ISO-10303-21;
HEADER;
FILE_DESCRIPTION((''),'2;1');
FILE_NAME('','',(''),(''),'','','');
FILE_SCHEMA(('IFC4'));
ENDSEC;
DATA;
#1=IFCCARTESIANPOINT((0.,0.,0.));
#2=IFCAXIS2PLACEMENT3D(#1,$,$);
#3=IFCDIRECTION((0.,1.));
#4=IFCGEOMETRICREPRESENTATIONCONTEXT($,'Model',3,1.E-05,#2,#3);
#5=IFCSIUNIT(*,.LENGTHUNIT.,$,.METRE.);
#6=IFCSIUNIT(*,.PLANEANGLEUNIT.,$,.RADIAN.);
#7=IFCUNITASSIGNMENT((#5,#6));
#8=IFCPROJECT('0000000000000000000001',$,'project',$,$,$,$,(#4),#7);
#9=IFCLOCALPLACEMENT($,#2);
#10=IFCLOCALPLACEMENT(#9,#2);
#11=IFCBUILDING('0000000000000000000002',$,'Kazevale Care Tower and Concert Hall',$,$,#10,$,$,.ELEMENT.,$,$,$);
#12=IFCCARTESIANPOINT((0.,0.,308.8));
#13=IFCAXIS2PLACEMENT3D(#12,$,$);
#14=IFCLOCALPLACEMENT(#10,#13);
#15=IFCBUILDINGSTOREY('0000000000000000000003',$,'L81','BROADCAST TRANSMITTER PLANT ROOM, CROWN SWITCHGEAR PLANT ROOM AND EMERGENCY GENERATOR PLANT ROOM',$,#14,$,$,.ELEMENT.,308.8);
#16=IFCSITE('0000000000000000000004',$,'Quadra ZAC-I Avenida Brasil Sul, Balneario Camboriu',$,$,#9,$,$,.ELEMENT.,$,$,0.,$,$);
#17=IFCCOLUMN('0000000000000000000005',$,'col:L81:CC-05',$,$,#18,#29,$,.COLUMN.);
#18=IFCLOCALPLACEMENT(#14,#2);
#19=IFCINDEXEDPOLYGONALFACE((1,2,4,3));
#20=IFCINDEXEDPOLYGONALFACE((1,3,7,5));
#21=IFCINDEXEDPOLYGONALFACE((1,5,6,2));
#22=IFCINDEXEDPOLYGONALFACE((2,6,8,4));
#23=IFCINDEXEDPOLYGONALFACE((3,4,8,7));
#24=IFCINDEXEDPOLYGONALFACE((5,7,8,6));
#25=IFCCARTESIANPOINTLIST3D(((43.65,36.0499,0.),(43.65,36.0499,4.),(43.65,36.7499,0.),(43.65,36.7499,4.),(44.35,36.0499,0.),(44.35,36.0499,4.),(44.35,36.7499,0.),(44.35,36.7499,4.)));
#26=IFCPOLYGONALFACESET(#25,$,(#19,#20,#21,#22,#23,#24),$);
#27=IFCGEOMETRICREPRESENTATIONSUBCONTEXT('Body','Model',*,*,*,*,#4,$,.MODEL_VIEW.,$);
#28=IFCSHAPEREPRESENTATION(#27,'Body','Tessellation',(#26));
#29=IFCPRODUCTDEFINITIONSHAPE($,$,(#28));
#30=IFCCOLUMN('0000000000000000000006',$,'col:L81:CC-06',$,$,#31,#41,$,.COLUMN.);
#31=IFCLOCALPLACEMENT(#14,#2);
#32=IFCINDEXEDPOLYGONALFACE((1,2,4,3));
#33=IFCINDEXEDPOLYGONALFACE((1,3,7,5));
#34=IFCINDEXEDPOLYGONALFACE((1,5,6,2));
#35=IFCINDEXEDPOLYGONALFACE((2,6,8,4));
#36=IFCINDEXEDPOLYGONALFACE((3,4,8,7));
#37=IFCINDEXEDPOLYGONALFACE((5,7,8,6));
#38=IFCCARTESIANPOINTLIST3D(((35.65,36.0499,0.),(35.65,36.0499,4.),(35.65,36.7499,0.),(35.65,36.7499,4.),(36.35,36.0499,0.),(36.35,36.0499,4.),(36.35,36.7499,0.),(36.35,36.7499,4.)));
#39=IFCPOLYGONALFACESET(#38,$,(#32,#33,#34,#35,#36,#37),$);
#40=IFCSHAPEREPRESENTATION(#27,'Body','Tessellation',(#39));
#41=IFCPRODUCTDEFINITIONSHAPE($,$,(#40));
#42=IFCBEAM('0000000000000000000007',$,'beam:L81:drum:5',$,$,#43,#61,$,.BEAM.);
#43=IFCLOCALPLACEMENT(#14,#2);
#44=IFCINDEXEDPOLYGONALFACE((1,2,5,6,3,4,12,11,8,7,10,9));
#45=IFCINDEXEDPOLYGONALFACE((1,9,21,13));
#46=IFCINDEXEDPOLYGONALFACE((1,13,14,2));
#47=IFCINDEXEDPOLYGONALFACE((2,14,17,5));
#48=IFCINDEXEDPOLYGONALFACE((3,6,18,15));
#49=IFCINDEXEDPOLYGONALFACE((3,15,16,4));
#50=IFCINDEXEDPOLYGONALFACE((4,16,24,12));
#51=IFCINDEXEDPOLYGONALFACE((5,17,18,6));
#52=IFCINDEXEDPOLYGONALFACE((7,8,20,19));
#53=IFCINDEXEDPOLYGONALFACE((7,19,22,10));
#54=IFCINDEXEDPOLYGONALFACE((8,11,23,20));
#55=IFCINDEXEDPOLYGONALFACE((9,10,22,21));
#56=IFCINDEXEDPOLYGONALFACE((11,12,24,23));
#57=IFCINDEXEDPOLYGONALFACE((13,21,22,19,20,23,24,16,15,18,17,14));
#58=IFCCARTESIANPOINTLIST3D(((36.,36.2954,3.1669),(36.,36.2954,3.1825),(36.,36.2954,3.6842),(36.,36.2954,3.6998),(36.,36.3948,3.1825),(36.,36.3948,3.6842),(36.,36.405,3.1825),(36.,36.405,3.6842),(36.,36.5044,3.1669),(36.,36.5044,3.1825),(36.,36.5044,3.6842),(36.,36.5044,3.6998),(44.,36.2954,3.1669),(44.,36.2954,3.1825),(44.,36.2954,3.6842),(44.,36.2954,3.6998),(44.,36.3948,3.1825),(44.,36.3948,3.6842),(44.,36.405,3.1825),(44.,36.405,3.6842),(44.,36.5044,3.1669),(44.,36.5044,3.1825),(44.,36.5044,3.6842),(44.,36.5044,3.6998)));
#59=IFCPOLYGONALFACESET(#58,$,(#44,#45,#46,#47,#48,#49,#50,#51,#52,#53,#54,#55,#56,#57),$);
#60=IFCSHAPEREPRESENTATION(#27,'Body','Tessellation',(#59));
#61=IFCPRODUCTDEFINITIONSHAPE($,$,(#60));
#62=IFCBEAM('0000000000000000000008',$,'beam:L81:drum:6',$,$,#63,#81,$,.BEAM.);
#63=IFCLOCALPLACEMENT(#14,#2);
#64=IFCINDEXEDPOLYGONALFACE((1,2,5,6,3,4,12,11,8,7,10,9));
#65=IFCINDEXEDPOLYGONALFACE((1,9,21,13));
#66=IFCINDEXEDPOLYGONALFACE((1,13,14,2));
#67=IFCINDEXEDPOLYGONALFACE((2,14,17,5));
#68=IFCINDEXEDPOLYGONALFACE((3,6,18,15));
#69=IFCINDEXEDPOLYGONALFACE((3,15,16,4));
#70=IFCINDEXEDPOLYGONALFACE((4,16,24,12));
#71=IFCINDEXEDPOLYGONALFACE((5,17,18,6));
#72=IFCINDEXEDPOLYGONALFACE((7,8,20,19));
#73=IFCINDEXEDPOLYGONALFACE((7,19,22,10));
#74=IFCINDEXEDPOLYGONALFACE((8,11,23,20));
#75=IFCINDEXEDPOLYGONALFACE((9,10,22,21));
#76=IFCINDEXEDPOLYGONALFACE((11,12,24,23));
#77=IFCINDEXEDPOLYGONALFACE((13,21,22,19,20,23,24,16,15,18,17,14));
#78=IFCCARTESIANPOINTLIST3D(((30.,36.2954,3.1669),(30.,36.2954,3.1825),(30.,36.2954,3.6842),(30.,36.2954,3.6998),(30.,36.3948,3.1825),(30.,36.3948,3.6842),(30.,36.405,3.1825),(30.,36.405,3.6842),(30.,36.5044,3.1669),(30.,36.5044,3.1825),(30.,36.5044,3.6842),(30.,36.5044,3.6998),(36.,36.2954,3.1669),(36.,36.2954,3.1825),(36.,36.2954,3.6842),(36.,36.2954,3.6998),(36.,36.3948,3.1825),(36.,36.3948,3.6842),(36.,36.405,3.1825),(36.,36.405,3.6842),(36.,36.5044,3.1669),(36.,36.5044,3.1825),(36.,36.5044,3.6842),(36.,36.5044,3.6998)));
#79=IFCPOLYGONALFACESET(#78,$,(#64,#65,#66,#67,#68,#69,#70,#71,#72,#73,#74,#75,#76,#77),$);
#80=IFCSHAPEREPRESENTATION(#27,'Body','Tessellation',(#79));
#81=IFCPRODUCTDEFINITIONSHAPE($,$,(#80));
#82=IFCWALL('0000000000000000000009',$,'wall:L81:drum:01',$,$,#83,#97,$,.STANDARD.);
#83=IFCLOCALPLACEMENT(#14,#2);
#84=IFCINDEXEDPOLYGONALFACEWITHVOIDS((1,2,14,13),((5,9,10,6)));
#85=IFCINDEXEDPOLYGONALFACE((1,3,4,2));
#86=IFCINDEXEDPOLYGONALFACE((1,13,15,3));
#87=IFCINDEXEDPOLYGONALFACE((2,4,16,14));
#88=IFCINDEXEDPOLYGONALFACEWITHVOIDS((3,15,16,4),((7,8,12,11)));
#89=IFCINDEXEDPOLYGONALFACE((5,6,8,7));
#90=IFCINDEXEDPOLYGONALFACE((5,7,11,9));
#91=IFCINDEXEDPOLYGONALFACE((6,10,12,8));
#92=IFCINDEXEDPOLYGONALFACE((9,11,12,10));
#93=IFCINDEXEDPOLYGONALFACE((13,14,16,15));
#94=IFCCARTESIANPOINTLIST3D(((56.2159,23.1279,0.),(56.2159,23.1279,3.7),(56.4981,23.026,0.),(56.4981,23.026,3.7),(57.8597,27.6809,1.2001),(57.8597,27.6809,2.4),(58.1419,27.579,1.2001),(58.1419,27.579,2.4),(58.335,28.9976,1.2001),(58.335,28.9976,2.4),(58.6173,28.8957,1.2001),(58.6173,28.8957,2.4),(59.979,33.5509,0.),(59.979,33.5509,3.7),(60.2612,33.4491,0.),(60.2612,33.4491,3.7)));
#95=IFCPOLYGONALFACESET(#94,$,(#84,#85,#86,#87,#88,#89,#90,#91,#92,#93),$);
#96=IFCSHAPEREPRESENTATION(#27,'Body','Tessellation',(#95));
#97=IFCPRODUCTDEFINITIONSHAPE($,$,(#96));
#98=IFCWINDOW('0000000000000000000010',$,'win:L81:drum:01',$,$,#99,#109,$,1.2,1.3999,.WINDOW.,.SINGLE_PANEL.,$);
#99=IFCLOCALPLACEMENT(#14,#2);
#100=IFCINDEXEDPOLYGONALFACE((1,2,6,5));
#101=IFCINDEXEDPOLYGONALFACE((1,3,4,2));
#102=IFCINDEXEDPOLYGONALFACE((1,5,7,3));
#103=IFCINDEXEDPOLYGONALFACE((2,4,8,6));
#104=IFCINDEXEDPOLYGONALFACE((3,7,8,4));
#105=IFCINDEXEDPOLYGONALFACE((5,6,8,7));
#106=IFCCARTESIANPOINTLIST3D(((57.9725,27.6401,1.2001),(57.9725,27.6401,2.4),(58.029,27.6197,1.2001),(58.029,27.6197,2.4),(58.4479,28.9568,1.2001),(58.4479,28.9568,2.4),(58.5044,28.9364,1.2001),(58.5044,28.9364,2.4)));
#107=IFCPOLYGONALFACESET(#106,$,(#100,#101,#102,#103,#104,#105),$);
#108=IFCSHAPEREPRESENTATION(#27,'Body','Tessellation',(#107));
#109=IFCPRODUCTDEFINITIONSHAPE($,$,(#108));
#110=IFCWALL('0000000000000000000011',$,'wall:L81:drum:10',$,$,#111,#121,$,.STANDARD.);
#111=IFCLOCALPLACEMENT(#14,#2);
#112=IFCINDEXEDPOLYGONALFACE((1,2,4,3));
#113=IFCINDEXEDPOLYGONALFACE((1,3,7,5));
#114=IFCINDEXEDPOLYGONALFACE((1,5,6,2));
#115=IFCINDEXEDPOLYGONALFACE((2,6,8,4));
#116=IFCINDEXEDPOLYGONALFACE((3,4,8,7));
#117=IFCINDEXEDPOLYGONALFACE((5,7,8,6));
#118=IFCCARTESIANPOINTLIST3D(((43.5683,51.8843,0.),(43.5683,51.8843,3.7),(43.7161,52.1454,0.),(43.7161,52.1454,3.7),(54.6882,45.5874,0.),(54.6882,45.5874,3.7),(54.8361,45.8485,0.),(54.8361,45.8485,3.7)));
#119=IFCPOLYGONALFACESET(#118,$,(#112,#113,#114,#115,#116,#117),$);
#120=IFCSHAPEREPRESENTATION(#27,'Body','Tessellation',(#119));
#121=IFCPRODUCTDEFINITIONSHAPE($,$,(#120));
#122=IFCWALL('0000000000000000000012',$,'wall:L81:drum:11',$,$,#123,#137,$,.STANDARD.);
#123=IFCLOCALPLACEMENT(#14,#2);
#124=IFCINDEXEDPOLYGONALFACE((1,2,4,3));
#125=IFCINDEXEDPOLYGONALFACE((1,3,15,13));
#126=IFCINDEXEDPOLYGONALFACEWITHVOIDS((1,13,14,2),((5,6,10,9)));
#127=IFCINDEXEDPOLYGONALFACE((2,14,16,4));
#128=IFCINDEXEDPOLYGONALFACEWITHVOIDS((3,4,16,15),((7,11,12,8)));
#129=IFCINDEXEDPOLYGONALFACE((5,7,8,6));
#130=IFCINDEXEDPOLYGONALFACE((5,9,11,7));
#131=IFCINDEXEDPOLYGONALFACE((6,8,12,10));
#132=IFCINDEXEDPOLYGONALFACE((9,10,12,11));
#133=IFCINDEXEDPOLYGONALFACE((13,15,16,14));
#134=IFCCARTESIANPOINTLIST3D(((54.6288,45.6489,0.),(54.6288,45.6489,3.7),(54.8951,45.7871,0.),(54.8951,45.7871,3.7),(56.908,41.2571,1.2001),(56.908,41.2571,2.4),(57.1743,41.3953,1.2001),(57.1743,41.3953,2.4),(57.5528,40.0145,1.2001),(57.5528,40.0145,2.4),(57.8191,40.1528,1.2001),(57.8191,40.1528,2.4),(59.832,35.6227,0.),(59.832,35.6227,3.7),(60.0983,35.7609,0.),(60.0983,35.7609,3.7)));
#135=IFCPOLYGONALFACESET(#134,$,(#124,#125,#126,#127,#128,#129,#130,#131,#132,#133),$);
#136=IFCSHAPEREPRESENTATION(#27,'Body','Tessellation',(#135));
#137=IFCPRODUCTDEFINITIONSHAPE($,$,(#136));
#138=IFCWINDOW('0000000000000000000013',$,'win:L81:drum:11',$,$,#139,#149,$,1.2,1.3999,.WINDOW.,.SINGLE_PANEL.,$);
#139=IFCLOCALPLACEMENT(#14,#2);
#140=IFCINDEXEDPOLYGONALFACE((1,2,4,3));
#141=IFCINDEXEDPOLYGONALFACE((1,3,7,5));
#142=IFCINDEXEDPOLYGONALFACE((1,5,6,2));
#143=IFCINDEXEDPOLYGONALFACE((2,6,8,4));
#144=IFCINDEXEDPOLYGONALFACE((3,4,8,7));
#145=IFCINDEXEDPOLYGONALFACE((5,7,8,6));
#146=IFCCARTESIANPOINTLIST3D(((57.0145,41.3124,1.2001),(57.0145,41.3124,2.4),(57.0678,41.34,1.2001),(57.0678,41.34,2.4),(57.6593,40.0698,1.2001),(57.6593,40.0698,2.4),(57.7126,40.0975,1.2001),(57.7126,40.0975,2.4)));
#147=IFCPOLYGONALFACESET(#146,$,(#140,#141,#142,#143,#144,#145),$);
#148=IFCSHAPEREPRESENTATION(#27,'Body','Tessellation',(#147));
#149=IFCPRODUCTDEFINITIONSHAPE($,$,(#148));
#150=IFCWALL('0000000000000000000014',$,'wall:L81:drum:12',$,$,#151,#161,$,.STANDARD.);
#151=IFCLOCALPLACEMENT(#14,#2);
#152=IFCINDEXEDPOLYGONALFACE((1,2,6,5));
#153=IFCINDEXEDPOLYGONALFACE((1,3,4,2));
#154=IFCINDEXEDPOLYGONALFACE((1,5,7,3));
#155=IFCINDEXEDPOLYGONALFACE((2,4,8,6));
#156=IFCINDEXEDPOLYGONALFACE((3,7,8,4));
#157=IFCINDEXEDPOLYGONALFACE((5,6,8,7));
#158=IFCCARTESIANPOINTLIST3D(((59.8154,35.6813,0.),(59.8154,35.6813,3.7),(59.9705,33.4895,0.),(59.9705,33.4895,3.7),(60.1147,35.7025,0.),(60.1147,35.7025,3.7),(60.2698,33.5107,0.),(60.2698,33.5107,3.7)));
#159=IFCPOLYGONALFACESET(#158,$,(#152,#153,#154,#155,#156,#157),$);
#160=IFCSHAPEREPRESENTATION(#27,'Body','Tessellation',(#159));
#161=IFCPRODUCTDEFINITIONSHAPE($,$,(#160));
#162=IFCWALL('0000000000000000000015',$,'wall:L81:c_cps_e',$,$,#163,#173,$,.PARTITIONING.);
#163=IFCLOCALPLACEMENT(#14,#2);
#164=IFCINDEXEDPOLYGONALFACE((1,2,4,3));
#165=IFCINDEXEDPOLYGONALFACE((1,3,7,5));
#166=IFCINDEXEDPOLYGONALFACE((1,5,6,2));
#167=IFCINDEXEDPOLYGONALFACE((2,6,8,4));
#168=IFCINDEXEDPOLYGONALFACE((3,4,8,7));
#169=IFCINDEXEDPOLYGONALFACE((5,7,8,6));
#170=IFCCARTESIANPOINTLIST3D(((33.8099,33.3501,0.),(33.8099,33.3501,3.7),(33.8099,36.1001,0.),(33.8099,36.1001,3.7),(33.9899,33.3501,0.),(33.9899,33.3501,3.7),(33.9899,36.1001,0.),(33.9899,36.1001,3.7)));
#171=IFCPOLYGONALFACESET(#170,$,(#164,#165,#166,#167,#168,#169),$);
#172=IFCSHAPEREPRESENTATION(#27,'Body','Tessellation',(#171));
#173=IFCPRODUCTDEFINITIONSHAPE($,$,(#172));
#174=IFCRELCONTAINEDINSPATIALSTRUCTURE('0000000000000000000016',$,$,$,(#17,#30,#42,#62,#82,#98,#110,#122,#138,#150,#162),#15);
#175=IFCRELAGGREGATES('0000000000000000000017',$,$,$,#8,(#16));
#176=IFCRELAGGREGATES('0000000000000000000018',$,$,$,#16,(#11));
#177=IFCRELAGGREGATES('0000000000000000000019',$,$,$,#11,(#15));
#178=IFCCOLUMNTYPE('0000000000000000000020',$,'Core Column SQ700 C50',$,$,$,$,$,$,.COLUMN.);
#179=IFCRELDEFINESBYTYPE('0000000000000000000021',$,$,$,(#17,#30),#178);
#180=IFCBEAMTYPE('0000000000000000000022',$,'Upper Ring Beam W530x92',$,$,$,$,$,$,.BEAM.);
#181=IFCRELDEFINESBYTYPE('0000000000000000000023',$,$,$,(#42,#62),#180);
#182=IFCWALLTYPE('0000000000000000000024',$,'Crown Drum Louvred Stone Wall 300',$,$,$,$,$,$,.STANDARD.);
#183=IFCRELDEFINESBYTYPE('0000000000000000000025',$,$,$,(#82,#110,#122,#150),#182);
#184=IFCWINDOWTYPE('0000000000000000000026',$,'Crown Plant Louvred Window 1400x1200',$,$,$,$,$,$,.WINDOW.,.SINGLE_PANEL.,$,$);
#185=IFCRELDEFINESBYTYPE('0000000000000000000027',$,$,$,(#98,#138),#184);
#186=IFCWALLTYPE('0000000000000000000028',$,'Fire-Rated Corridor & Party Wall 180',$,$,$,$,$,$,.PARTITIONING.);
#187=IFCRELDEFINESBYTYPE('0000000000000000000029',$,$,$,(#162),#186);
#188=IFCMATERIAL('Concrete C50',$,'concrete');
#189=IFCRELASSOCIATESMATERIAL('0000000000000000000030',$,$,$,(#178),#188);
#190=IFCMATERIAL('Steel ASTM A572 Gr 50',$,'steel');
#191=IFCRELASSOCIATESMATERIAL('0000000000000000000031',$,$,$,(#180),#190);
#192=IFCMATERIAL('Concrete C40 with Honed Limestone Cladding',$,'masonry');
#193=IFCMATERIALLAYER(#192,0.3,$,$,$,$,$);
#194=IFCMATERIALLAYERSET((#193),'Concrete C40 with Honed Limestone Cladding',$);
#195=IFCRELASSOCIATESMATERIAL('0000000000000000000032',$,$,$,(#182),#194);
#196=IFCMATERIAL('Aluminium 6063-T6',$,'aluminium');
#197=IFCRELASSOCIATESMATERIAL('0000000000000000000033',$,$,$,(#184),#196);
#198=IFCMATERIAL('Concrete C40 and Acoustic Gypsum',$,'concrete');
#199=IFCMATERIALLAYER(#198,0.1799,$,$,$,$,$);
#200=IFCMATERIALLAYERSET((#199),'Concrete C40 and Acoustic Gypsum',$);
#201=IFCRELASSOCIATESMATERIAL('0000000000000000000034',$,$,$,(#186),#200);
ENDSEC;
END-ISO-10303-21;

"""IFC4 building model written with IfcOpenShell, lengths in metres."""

from ifc_helpers import new_model, si_unit, direction, frame, frame_2d, origin, origin_2d, place, context, subcontext, project, spatial, rectangle, i_section, extrude, material, layer, layer_set, material_profile, profile_set, type_object, element, fill, save


model = new_model("IFC4")

# Units and contexts
model_context = context("Model", 3, precision=1e-05, world=origin(), true_north=direction((0.0, 1.0)))
body_context = subcontext(model_context, "Body", "Model", "MODEL_VIEW")
ifc_project = project(units=[si_unit("LENGTHUNIT", "METRE"), si_unit("PLANEANGLEUNIT", "RADIAN")], contexts=[model_context])

# Site, building, storey
site_placement = place(None, origin())
site = spatial("IfcSite", under=ifc_project, at=site_placement, Name="Quadra ZAC-I Avenida Brasil Sul, Balneario Camboriu", CompositionType="ELEMENT", RefElevation=0.0)
building_placement = place(site_placement, origin())
building = spatial("IfcBuilding", under=site, at=building_placement, Name="Kazevale Care Tower and Concert Hall", CompositionType="ELEMENT")
storey_placement = place(building_placement, frame((0.0, 0.0, 308.8)))
storey = spatial("IfcBuildingStorey", under=building, at=storey_placement, Name="L81", Description="BROADCAST TRANSMITTER PLANT ROOM, CROWN SWITCHGEAR PLANT ROOM AND EMERGENCY GENERATOR PLANT ROOM", CompositionType="ELEMENT", Elevation=308.8)

# Columns
ifc_material_1 = material(Name="Concrete C50", Category="concrete")
ifc_material_profile_1 = material_profile(ifc_material_1, rectangle(XDim=0.7, YDim=0.7, at=origin_2d()), Name="RC-SQ700")
ifc_profile_set_1 = profile_set([ifc_material_profile_1], Name="Concrete C50")
column_type = type_object("IfcColumnType", Name="Core Column SQ700 C50", PredefinedType="COLUMN", material=ifc_profile_set_1)
for number, where, z_axis, x_axis, name in (
    (1, (44.0, 36.3999, 0.0), (0.0, 0.0, 1.0), (1.0, 0.0, 0.0), "col:L81:CC-05"),
    (2, (36.0, 36.3999, 0.0), (0.0, 0.0, 1.0), (1.0, 0.0, 0.0), "col:L81:CC-06"),
):
    element("IfcColumn", number, at=place(storey_placement, frame(where, z_axis=z_axis, x_axis=x_axis)), inside=storey, type_object=column_type, Name=name, PredefinedType="COLUMN", context=body_context, shape_type="SweptSolid", body=[
        extrude(rectangle(XDim=0.7, YDim=0.7, at=origin_2d()), origin(), (0.0, 0.0, 1.0), 4.0),
    ])

# Beams
ifc_material_2 = material(Name="Steel ASTM A572 Gr 50", Category="steel")
ifc_material_profile_2 = material_profile(ifc_material_2, i_section(OverallWidth=0.209, OverallDepth=0.533, WebThickness=0.0103, FlangeThickness=0.0156, at=origin_2d()), Name="W530x92")
ifc_profile_set_2 = profile_set([ifc_material_profile_2], Name="Steel ASTM A572 Gr 50")
beam_type = type_object("IfcBeamType", Name="Upper Ring Beam W530x92", PredefinedType="BEAM", material=ifc_profile_set_2)
beam_1_placement = place(storey_placement, frame((44.0, 36.3999, 3.4333), z_axis=(-1.0, 0.0, 0.0), x_axis=(0.0, -1.0, 0.0)))
element("IfcBeam", 3, at=beam_1_placement, inside=storey, type_object=beam_type, Name="beam:L81:drum:5", PredefinedType="BEAM", context=body_context, shape_type="SweptSolid", body=[
    extrude(i_section(OverallWidth=0.209, OverallDepth=0.533, WebThickness=0.0103, FlangeThickness=0.0156, at=origin_2d()), origin(), (0.0, 0.0, 1.0), 8.0),
])
beam_2_placement = place(storey_placement, frame((36.0, 36.3999, 3.4333), z_axis=(-1.0, 0.0, 0.0), x_axis=(0.0, -1.0, 0.0)))
element("IfcBeam", 4, at=beam_2_placement, inside=storey, type_object=beam_type, Name="beam:L81:drum:6", PredefinedType="BEAM", context=body_context, shape_type="SweptSolid", body=[
    extrude(i_section(OverallWidth=0.209, OverallDepth=0.533, WebThickness=0.0103, FlangeThickness=0.0156, at=origin_2d()), origin(), (0.0, 0.0, 1.0), 6.0),
])

# Wall, opening, window
ifc_material_3 = material(Name="Concrete C40 with Honed Limestone Cladding", Category="masonry")
ifc_layer_1 = layer(ifc_material_3, 0.3)
ifc_layer_set_1 = layer_set([ifc_layer_1], Name="Concrete C40 with Honed Limestone Cladding")
wall_type_1 = type_object("IfcWallType", Name="Crown Drum Louvred Stone Wall 300", PredefinedType="STANDARD", material=ifc_layer_set_1)
wall_1_placement = place(storey_placement, frame((60.1201, 33.5, 0.0), z_axis=(0.0, 0.0, 1.0), x_axis=(-0.339588, -0.940574, 0.0)))
wall_1 = element("IfcWall", 5, at=wall_1_placement, inside=storey, type_object=wall_type_1, Name="wall:L81:drum:01", PredefinedType="STANDARD", context=body_context, shape_type="SweptSolid", body=[
    extrude(rectangle(XDim=11.0815, YDim=0.3, at=frame_2d((5.5408, 0.0))), origin(), (0.0, 0.0, 1.0), 3.7),
])
opening_1_placement = place(wall_1_placement, frame((4.8411, 0.0, 1.2)))
opening_1 = element("IfcOpeningElement", 6, at=opening_1_placement, cuts=wall_1, PredefinedType="OPENING", context=body_context, shape_type="SweptSolid", body=[
    extrude(rectangle(XDim=1.3999, YDim=1.2, at=frame_2d((0.7, 0.6001))), frame((0.0, 0.1599, 0.0), z_axis=(0.0, -1.0, 0.0), x_axis=(1.0, 0.0, 0.0)), (0.0, 0.0, 1.0), 0.3201),
])
ifc_material_4 = material(Name="Aluminium 6063-T6", Category="aluminium")
window_type = type_object("IfcWindowType", Name="Crown Plant Louvred Window 1400x1200", PartitioningType="SINGLE_PANEL", PredefinedType="WINDOW", material=ifc_material_4)
window_1_placement = place(opening_1_placement, origin())
window_1 = element("IfcWindow", 7, at=window_1_placement, inside=storey, type_object=window_type, Name="win:L81:drum:01", OverallHeight=1.2, OverallWidth=1.3999, PartitioningType="SINGLE_PANEL", PredefinedType="WINDOW", context=body_context, shape_type="SweptSolid", body=[
    extrude(rectangle(XDim=1.3999, YDim=1.2, at=frame_2d((0.7, 0.6001))), frame((0.0, 0.03, 0.0), z_axis=(0.0, -1.0, 0.0), x_axis=(1.0, 0.0, 0.0)), (0.0, 0.0, 1.0), 0.0601),
])
fill(opening_1, window_1)

# Wall
wall_2_placement = place(storey_placement, frame((43.6421, 52.0149, 0.0), z_axis=(0.0, 0.0, 1.0), x_axis=(0.870169, -0.492753, 0.0)))
element("IfcWall", 8, at=wall_2_placement, inside=storey, type_object=wall_type_1, Name="wall:L81:drum:10", PredefinedType="STANDARD", context=body_context, shape_type="SweptSolid", body=[
    extrude(rectangle(XDim=12.7791, YDim=0.3, at=frame_2d((6.3896, 0.0))), origin(), (0.0, 0.0, 1.0), 3.7),
])

# Wall, opening, window
wall_3_placement = place(storey_placement, frame((54.762, 45.718, 0.0), z_axis=(0.0, 0.0, 1.0), x_axis=(0.460624, -0.887595, 0.0)))
wall_3 = element("IfcWall", 9, at=wall_3_placement, inside=storey, type_object=wall_type_1, Name="wall:L81:drum:11", PredefinedType="STANDARD", context=body_context, shape_type="SweptSolid", body=[
    extrude(rectangle(XDim=11.2959, YDim=0.3, at=frame_2d((5.6479, 0.0))), origin(), (0.0, 0.0, 1.0), 3.7),
])
opening_2_placement = place(wall_3_placement, frame((4.948, 0.0, 1.2)))
opening_2 = element("IfcOpeningElement", 10, at=opening_2_placement, cuts=wall_3, PredefinedType="OPENING", context=body_context, shape_type="SweptSolid", body=[
    extrude(rectangle(XDim=1.3999, YDim=1.2, at=frame_2d((0.7, 0.6001))), frame((0.0, 0.1599, 0.0), z_axis=(0.0, -1.0, 0.0), x_axis=(1.0, 0.0, 0.0)), (0.0, 0.0, 1.0), 0.3201),
])
window_2_placement = place(opening_2_placement, origin())
window_2 = element("IfcWindow", 11, at=window_2_placement, inside=storey, type_object=window_type, Name="win:L81:drum:11", OverallHeight=1.2, OverallWidth=1.3999, PartitioningType="SINGLE_PANEL", PredefinedType="WINDOW", context=body_context, shape_type="SweptSolid", body=[
    extrude(rectangle(XDim=1.3999, YDim=1.2, at=frame_2d((0.7, 0.6001))), frame((0.0, 0.03, 0.0), z_axis=(0.0, -1.0, 0.0), x_axis=(1.0, 0.0, 0.0)), (0.0, 0.0, 1.0), 0.0601),
])
fill(opening_2, window_2)

# Walls
wall_4_placement = place(storey_placement, frame((59.9651, 35.6919, 0.0), z_axis=(0.0, 0.0, 1.0), x_axis=(0.070552, -0.997508, 0.0)))
element("IfcWall", 12, at=wall_4_placement, inside=storey, type_object=wall_type_1, Name="wall:L81:drum:12", PredefinedType="STANDARD", context=body_context, shape_type="SweptSolid", body=[
    extrude(rectangle(XDim=2.1973, YDim=0.3, at=frame_2d((1.0986, 0.0))), origin(), (0.0, 0.0, 1.0), 3.7),
])
ifc_material_5 = material(Name="Concrete C40 and Acoustic Gypsum", Category="concrete")
ifc_layer_2 = layer(ifc_material_5, 0.1799)
ifc_layer_set_2 = layer_set([ifc_layer_2], Name="Concrete C40 and Acoustic Gypsum")
wall_type_2 = type_object("IfcWallType", Name="Fire-Rated Corridor & Party Wall 180", PredefinedType="PARTITIONING", material=ifc_layer_set_2)
wall_5_placement = place(storey_placement, frame((33.8999, 33.3501, 0.0), z_axis=(0.0, 0.0, 1.0), x_axis=(0.0, 1.0, 0.0)))
element("IfcWall", 13, at=wall_5_placement, inside=storey, type_object=wall_type_2, Name="wall:L81:c_cps_e", PredefinedType="PARTITIONING", context=body_context, shape_type="SweptSolid", body=[
    extrude(rectangle(XDim=2.75, YDim=0.1799, at=frame_2d((1.375, 0.0))), origin(), (0.0, 0.0, 1.0), 3.7),
])

save(model, "model.ifc")
